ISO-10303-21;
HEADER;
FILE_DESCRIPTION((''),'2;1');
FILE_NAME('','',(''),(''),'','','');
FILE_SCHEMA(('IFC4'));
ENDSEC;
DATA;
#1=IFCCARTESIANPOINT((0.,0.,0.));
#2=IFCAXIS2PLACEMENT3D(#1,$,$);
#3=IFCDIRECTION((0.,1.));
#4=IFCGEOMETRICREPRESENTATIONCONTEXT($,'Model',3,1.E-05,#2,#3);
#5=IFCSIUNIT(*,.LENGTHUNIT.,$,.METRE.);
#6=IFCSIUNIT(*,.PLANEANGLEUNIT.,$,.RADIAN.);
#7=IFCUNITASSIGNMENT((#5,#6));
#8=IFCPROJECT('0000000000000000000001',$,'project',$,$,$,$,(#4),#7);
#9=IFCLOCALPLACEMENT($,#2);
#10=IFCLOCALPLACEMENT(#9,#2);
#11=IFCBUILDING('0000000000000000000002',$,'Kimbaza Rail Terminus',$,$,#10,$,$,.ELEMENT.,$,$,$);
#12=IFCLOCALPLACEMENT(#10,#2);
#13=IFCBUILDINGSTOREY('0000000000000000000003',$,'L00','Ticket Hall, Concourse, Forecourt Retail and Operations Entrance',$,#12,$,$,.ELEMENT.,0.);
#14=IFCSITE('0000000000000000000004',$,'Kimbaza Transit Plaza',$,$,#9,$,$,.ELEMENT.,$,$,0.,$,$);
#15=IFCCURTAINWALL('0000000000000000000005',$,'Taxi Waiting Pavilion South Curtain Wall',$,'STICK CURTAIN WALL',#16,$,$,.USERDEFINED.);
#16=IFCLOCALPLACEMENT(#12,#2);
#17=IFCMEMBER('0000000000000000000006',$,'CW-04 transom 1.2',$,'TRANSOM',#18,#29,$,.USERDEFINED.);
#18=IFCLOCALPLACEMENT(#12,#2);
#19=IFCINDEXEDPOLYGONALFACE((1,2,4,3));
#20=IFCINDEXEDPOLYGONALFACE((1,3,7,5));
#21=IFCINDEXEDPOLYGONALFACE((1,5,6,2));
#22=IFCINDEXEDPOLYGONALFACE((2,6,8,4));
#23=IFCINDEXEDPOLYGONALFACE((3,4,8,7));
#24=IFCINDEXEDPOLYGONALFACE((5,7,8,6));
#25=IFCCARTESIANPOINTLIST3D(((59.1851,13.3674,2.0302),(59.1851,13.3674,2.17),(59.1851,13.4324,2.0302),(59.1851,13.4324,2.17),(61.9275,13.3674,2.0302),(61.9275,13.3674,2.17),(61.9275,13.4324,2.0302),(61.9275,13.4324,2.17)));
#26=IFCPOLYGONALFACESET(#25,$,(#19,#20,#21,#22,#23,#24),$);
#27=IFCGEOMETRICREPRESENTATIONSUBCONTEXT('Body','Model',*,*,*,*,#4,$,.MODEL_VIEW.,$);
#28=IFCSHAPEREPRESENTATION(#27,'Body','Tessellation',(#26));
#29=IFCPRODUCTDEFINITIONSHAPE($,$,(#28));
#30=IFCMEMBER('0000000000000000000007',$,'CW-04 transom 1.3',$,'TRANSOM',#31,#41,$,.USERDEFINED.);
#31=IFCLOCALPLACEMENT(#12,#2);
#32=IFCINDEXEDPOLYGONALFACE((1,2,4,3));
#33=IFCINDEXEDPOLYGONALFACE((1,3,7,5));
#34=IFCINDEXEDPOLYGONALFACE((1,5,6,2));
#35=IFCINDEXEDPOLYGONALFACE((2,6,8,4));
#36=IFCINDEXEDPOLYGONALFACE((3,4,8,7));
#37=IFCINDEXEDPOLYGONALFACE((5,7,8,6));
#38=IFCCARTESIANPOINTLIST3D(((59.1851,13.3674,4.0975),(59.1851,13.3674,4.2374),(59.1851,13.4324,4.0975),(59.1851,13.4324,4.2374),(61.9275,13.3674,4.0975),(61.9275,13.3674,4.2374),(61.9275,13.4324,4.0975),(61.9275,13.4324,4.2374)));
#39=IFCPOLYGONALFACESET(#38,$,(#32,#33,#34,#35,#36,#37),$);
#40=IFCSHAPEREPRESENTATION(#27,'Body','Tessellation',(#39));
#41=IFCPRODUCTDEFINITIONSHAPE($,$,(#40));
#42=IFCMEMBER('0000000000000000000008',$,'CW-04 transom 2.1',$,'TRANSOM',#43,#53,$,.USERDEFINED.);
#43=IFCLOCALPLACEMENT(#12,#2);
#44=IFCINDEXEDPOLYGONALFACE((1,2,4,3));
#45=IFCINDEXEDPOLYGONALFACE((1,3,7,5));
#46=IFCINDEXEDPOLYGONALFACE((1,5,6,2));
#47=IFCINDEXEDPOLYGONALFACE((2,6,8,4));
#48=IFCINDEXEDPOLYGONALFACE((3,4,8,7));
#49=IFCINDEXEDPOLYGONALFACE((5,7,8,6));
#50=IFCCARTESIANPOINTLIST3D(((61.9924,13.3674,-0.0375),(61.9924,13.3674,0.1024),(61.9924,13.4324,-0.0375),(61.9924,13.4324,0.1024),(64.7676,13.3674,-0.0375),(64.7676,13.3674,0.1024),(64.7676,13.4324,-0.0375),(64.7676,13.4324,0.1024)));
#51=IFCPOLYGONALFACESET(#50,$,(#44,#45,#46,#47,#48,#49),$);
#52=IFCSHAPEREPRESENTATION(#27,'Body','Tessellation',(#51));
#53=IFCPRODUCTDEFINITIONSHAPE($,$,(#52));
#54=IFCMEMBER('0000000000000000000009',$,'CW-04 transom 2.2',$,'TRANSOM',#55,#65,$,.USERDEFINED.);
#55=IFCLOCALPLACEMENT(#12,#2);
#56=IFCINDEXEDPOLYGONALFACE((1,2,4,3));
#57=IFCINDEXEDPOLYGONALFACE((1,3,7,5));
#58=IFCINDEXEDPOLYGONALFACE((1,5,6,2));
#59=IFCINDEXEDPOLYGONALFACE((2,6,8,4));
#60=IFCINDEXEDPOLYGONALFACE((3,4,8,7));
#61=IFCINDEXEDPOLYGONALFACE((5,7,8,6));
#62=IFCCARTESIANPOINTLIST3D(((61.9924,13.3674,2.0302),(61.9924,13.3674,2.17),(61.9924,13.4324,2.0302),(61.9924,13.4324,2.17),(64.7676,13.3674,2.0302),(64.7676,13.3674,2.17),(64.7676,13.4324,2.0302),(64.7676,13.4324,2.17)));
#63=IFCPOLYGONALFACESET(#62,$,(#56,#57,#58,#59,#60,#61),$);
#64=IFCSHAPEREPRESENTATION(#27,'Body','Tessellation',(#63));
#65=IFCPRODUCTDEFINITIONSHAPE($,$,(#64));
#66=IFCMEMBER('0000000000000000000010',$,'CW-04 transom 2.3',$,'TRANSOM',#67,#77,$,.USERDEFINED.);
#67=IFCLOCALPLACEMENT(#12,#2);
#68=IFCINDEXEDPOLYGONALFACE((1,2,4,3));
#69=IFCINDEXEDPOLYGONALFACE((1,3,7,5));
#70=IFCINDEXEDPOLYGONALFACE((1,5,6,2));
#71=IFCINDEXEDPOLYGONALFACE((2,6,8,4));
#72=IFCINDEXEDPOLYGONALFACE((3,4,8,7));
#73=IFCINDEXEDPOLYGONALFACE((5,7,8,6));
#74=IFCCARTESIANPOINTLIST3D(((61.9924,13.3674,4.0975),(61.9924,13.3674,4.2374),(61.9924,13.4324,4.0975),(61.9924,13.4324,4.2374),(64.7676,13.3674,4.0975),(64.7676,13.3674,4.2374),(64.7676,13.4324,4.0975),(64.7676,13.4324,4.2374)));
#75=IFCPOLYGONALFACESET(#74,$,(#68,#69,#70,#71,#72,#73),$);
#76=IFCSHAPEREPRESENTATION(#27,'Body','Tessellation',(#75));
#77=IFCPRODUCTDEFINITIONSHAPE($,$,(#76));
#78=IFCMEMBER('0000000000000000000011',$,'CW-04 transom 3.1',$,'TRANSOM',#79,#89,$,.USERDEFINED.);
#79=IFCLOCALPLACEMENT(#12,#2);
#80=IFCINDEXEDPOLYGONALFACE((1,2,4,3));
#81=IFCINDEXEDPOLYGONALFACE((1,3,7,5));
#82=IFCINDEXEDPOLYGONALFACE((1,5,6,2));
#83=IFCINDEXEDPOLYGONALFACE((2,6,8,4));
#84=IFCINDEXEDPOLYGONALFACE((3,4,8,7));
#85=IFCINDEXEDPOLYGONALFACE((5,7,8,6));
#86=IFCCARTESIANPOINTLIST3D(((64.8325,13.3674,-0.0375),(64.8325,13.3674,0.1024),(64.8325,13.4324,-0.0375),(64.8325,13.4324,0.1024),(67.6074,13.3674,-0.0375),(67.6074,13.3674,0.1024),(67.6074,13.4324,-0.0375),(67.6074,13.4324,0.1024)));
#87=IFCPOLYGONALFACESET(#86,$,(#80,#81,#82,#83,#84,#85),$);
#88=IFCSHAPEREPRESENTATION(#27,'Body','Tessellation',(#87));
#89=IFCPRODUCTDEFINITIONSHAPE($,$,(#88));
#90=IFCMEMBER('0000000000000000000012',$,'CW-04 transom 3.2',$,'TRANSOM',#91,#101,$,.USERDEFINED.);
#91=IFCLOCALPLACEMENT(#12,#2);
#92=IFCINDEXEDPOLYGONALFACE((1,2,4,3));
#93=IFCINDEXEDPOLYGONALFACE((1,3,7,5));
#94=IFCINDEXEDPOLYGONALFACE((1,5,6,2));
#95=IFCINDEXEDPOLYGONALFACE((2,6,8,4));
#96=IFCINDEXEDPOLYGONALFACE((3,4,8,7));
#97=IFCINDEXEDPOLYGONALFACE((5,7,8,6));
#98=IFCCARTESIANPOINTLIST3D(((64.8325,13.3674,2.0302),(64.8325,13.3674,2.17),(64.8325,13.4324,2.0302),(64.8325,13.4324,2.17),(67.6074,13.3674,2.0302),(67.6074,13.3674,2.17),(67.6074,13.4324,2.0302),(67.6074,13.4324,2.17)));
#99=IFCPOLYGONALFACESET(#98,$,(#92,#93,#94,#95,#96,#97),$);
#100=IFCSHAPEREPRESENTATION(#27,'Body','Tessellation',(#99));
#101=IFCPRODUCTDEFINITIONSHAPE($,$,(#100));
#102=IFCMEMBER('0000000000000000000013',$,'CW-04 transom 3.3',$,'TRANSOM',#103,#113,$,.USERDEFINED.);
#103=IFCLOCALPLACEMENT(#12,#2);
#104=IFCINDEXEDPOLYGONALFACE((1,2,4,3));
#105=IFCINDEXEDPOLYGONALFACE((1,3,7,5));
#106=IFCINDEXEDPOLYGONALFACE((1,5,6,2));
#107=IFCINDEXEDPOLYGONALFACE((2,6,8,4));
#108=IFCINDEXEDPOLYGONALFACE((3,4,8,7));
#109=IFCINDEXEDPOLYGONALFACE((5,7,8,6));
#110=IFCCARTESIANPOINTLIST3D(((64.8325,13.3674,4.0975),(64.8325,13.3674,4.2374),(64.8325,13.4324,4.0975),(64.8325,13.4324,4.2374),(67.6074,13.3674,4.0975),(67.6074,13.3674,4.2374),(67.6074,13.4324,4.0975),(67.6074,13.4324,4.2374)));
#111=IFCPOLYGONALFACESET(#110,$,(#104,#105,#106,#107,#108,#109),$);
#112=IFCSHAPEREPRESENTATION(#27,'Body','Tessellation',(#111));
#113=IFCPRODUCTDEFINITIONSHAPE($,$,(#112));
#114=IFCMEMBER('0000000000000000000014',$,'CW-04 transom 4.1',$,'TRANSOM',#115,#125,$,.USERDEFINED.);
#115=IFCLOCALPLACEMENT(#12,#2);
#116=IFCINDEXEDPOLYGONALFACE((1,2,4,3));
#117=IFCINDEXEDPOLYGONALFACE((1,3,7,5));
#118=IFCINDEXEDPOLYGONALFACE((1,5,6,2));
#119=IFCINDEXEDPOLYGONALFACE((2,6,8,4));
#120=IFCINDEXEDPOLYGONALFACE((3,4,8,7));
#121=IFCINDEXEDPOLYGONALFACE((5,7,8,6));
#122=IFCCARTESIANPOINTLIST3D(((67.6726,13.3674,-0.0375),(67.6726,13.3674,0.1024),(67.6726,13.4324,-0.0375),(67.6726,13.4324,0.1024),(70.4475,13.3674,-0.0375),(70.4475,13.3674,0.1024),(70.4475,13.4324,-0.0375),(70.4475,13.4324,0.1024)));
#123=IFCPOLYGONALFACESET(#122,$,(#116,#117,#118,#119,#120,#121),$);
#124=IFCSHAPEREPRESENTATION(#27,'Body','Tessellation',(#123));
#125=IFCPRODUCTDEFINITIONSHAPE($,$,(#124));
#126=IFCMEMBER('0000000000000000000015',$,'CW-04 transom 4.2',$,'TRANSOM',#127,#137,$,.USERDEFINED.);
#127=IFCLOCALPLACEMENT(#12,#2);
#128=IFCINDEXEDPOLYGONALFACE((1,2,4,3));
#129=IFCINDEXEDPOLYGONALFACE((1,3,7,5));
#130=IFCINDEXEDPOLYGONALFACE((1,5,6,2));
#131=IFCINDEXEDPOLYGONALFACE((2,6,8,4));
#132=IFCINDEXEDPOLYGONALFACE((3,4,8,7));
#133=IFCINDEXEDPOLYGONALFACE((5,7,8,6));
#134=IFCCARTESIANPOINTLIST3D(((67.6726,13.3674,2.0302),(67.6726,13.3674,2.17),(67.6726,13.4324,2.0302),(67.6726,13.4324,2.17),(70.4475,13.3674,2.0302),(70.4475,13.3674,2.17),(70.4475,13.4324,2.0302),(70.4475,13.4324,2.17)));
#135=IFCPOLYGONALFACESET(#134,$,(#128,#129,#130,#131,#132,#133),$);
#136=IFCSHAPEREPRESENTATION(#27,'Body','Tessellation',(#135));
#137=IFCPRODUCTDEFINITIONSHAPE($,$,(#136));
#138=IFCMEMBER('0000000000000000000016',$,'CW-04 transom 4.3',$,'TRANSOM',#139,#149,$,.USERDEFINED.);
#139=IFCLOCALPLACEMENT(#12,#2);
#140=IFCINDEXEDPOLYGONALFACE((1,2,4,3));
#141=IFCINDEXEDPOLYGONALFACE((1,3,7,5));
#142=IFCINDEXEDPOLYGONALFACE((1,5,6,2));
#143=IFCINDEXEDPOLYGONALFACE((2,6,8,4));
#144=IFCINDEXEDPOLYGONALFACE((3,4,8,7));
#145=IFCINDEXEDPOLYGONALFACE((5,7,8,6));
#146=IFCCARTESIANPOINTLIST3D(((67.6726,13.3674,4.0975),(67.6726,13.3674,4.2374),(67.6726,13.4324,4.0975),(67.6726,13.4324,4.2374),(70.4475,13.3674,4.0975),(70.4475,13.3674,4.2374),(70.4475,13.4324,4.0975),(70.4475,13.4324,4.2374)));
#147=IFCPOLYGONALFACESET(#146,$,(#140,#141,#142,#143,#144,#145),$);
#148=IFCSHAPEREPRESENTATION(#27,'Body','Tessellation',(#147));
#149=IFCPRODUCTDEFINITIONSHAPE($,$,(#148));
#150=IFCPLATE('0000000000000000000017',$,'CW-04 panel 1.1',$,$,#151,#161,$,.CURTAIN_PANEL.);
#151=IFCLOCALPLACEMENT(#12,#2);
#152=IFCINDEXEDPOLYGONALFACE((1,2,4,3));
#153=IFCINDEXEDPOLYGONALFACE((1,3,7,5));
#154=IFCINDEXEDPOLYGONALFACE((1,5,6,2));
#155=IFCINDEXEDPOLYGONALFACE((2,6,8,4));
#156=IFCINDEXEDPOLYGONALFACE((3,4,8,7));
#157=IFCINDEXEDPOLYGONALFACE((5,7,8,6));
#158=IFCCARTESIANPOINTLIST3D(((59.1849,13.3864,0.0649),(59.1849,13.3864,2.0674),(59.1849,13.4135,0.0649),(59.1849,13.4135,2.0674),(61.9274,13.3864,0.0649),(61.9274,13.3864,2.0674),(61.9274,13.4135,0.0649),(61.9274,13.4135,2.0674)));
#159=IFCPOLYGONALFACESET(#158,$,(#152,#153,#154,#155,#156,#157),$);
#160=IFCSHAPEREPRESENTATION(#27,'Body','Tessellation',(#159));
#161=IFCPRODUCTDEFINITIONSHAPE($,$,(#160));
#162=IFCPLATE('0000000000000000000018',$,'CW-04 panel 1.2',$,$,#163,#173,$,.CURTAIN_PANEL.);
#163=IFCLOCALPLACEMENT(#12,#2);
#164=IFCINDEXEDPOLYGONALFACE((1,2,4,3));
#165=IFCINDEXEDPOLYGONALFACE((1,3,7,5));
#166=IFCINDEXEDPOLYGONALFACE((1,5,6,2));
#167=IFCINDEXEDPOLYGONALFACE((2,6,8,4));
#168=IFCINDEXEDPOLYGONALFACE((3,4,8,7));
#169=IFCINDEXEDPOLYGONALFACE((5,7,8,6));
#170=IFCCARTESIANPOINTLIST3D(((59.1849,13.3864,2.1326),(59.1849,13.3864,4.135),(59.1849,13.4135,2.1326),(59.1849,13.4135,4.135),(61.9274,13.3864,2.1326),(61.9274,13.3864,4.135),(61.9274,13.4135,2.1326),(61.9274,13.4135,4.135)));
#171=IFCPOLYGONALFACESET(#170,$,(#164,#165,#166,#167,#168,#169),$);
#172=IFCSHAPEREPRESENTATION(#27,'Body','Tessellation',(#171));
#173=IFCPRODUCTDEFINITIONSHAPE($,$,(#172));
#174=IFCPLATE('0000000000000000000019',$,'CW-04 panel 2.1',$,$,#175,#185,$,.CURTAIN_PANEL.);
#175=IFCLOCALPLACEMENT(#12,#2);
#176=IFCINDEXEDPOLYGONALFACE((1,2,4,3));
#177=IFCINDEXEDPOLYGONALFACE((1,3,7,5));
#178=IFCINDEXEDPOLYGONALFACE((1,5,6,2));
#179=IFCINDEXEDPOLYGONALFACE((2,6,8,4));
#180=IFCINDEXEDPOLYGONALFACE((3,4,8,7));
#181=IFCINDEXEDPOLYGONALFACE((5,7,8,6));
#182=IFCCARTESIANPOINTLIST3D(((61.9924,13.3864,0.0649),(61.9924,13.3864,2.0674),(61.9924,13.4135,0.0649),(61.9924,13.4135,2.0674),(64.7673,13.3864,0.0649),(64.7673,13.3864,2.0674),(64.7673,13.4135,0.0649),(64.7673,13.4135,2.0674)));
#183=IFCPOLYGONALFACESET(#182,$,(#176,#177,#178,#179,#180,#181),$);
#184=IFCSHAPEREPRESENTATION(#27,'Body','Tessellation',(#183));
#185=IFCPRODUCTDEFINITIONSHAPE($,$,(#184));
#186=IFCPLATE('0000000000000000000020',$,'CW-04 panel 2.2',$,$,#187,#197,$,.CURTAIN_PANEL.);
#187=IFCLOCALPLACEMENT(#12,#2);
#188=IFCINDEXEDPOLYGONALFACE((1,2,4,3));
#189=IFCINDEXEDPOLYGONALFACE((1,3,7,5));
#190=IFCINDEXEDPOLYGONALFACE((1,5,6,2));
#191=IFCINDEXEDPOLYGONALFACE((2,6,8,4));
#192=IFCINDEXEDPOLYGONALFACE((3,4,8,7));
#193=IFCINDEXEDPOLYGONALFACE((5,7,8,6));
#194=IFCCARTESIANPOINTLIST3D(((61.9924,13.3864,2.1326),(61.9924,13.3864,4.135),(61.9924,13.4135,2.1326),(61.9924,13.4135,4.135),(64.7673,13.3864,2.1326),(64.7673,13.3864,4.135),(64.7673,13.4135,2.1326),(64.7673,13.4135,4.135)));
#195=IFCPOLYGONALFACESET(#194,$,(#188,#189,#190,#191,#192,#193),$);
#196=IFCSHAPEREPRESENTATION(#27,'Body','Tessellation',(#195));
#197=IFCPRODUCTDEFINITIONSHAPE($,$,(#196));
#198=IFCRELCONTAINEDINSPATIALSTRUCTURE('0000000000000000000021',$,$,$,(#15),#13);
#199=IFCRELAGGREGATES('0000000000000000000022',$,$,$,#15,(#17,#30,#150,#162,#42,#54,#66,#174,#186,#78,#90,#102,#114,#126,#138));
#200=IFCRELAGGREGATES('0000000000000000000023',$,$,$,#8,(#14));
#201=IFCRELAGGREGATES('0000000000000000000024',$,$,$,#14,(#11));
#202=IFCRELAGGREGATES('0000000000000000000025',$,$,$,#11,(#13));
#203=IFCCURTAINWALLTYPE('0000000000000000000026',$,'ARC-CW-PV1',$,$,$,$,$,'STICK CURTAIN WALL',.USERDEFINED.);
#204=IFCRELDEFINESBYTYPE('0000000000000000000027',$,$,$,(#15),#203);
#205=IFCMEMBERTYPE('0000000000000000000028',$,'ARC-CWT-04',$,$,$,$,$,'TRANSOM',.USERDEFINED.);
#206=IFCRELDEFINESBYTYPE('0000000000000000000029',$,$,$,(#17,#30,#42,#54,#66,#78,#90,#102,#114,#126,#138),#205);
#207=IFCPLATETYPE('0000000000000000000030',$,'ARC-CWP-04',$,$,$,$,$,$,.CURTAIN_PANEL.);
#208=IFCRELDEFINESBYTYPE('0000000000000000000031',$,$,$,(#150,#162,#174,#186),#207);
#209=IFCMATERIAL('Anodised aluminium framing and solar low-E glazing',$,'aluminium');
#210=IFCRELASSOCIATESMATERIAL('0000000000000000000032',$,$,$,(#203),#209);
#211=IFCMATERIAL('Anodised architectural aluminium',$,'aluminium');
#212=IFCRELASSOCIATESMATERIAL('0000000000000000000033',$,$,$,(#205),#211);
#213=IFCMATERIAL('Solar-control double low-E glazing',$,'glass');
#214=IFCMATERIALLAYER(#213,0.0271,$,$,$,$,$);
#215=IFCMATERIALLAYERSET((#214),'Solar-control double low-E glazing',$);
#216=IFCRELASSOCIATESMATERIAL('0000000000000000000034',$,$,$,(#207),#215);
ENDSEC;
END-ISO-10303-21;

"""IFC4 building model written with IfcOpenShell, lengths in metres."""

from ifc_helpers import new_model, si_unit, direction, frame, origin, origin_2d, place, context, subcontext, project, spatial, rectangle, extrude, material, layer, layer_set, material_profile, profile_set, type_object, element, aggregate, save


model = new_model("IFC4")

# Units and contexts
model_context = context("Model", 3, precision=1e-05, world=origin(), true_north=direction((0.0, 1.0)))
body_context = subcontext(model_context, "Body", "Model", "MODEL_VIEW")
ifc_project = project(units=[si_unit("LENGTHUNIT", "METRE"), si_unit("PLANEANGLEUNIT", "RADIAN")], contexts=[model_context])

# Site, building, storey
site_placement = place(None, origin())
site = spatial("IfcSite", under=ifc_project, at=site_placement, Name="Kimbaza Transit Plaza", CompositionType="ELEMENT", RefElevation=0.0)
building_placement = place(site_placement, origin())
building = spatial("IfcBuilding", under=site, at=building_placement, Name="Kimbaza Rail Terminus", CompositionType="ELEMENT")
storey_placement = place(building_placement, origin())
storey = spatial("IfcBuildingStorey", under=building, at=storey_placement, Name="L00", Description="Ticket Hall, Concourse, Forecourt Retail and Operations Entrance", CompositionType="ELEMENT", Elevation=0.0)

# Curtain wall, members, plates
ifc_material_1 = material(Name="Anodised aluminium framing and solar low-E glazing", Category="aluminium")
curtain_wall_type = type_object("IfcCurtainWallType", Name="ARC-CW-PV1", ElementType="STICK CURTAIN WALL", PredefinedType="USERDEFINED", material=ifc_material_1)
curtain_wall_placement = place(storey_placement, origin())
curtain_wall = element("IfcCurtainWall", 1, at=curtain_wall_placement, inside=storey, type_object=curtain_wall_type, Name="Taxi Waiting Pavilion South Curtain Wall", ObjectType="STICK CURTAIN WALL", PredefinedType="USERDEFINED")
ifc_material_2 = material(Name="Anodised architectural aluminium", Category="aluminium")
ifc_material_profile_1 = material_profile(ifc_material_2, rectangle(XDim=0.0649, YDim=0.1399, at=origin_2d()), Name="TRANSOM 65x140")
ifc_profile_set_1 = profile_set([ifc_material_profile_1], Name="Anodised architectural aluminium")
member_type_1 = type_object("IfcMemberType", Name="ARC-CWT-04", ElementType="TRANSOM", PredefinedType="USERDEFINED", material=ifc_profile_set_1)
member_1_placement = place(storey_placement, frame((59.1851, 13.3999, 2.1001), z_axis=(1.0, 0.0, 0.0), x_axis=(0.0, 1.0, 0.0)))
member_1 = element("IfcMember", 2, at=member_1_placement, type_object=member_type_1, Name="CW-04 transom 1.2", ObjectType="TRANSOM", PredefinedType="USERDEFINED", context=body_context, shape_type="SweptSolid", body=[
    extrude(rectangle(XDim=0.0649, YDim=0.1399, at=origin_2d()), origin(), (0.0, 0.0, 1.0), 2.7424),
])
member_2_placement = place(storey_placement, frame((59.1851, 13.3999, 4.1675), z_axis=(1.0, 0.0, 0.0), x_axis=(0.0, 1.0, 0.0)))
member_2 = element("IfcMember", 3, at=member_2_placement, type_object=member_type_1, Name="CW-04 transom 1.3", ObjectType="TRANSOM", PredefinedType="USERDEFINED", context=body_context, shape_type="SweptSolid", body=[
    extrude(rectangle(XDim=0.0649, YDim=0.1399, at=origin_2d()), origin(), (0.0, 0.0, 1.0), 2.7424),
])
member_3_placement = place(storey_placement, frame((61.9924, 13.3999, 0.0325), z_axis=(1.0, 0.0, 0.0), x_axis=(0.0, 1.0, 0.0)))
member_3 = element("IfcMember", 4, at=member_3_placement, type_object=member_type_1, Name="CW-04 transom 2.1", ObjectType="TRANSOM", PredefinedType="USERDEFINED", context=body_context, shape_type="SweptSolid", body=[
    extrude(rectangle(XDim=0.0649, YDim=0.1399, at=origin_2d()), origin(), (0.0, 0.0, 1.0), 2.7751),
])
member_4_placement = place(storey_placement, frame((61.9924, 13.3999, 2.1001), z_axis=(1.0, 0.0, 0.0), x_axis=(0.0, 1.0, 0.0)))
member_4 = element("IfcMember", 5, at=member_4_placement, type_object=member_type_1, Name="CW-04 transom 2.2", ObjectType="TRANSOM", PredefinedType="USERDEFINED", context=body_context, shape_type="SweptSolid", body=[
    extrude(rectangle(XDim=0.0649, YDim=0.1399, at=origin_2d()), origin(), (0.0, 0.0, 1.0), 2.7751),
])
member_5_placement = place(storey_placement, frame((61.9924, 13.3999, 4.1675), z_axis=(1.0, 0.0, 0.0), x_axis=(0.0, 1.0, 0.0)))
member_5 = element("IfcMember", 6, at=member_5_placement, type_object=member_type_1, Name="CW-04 transom 2.3", ObjectType="TRANSOM", PredefinedType="USERDEFINED", context=body_context, shape_type="SweptSolid", body=[
    extrude(rectangle(XDim=0.0649, YDim=0.1399, at=origin_2d()), origin(), (0.0, 0.0, 1.0), 2.7751),
])
member_6_placement = place(storey_placement, frame((64.8325, 13.3999, 0.0325), z_axis=(1.0, 0.0, 0.0), x_axis=(0.0, 1.0, 0.0)))
member_6 = element("IfcMember", 7, at=member_6_placement, type_object=member_type_1, Name="CW-04 transom 3.1", ObjectType="TRANSOM", PredefinedType="USERDEFINED", context=body_context, shape_type="SweptSolid", body=[
    extrude(rectangle(XDim=0.0649, YDim=0.1399, at=origin_2d()), origin(), (0.0, 0.0, 1.0), 2.7749),
])
member_7_placement = place(storey_placement, frame((64.8325, 13.3999, 2.1001), z_axis=(1.0, 0.0, 0.0), x_axis=(0.0, 1.0, 0.0)))
member_7 = element("IfcMember", 8, at=member_7_placement, type_object=member_type_1, Name="CW-04 transom 3.2", ObjectType="TRANSOM", PredefinedType="USERDEFINED", context=body_context, shape_type="SweptSolid", body=[
    extrude(rectangle(XDim=0.0649, YDim=0.1399, at=origin_2d()), origin(), (0.0, 0.0, 1.0), 2.7749),
])
member_8_placement = place(storey_placement, frame((64.8325, 13.3999, 4.1675), z_axis=(1.0, 0.0, 0.0), x_axis=(0.0, 1.0, 0.0)))
member_8 = element("IfcMember", 9, at=member_8_placement, type_object=member_type_1, Name="CW-04 transom 3.3", ObjectType="TRANSOM", PredefinedType="USERDEFINED", context=body_context, shape_type="SweptSolid", body=[
    extrude(rectangle(XDim=0.0649, YDim=0.1399, at=origin_2d()), origin(), (0.0, 0.0, 1.0), 2.7749),
])
member_9_placement = place(storey_placement, frame((67.6726, 13.3999, 0.0325), z_axis=(1.0, 0.0, 0.0), x_axis=(0.0, 1.0, 0.0)))
member_9 = element("IfcMember", 10, at=member_9_placement, type_object=member_type_1, Name="CW-04 transom 4.1", ObjectType="TRANSOM", PredefinedType="USERDEFINED", context=body_context, shape_type="SweptSolid", body=[
    extrude(rectangle(XDim=0.0649, YDim=0.1399, at=origin_2d()), origin(), (0.0, 0.0, 1.0), 2.7749),
])
member_10_placement = place(storey_placement, frame((67.6726, 13.3999, 2.1001), z_axis=(1.0, 0.0, 0.0), x_axis=(0.0, 1.0, 0.0)))
member_10 = element("IfcMember", 11, at=member_10_placement, type_object=member_type_1, Name="CW-04 transom 4.2", ObjectType="TRANSOM", PredefinedType="USERDEFINED", context=body_context, shape_type="SweptSolid", body=[
    extrude(rectangle(XDim=0.0649, YDim=0.1399, at=origin_2d()), origin(), (0.0, 0.0, 1.0), 2.7749),
])
member_11_placement = place(storey_placement, frame((67.6726, 13.3999, 4.1675), z_axis=(1.0, 0.0, 0.0), x_axis=(0.0, 1.0, 0.0)))
member_11 = element("IfcMember", 12, at=member_11_placement, type_object=member_type_1, Name="CW-04 transom 4.3", ObjectType="TRANSOM", PredefinedType="USERDEFINED", context=body_context, shape_type="SweptSolid", body=[
    extrude(rectangle(XDim=0.0649, YDim=0.1399, at=origin_2d()), origin(), (0.0, 0.0, 1.0), 2.7749),
])
ifc_material_3 = material(Name="Solar-control double low-E glazing", Category="glass")
ifc_layer_1 = layer(ifc_material_3, 0.0271)
ifc_layer_set_1 = layer_set([ifc_layer_1], Name="Solar-control double low-E glazing")
plate_type = type_object("IfcPlateType", Name="ARC-CWP-04", PredefinedType="CURTAIN_PANEL", material=ifc_layer_set_1)
plate_1_placement = place(storey_placement, frame((60.5562, 13.3999, 0.0649), z_axis=(0.0, 0.0, 1.0), x_axis=(1.0, 0.0, 0.0)))
plate_1 = element("IfcPlate", 13, at=plate_1_placement, type_object=plate_type, Name="CW-04 panel 1.1", PredefinedType="CURTAIN_PANEL", context=body_context, shape_type="SweptSolid", body=[
    extrude(rectangle(XDim=2.7424, YDim=0.0271, at=origin_2d()), origin(), (0.0, 0.0, 1.0), 2.0024),
])
plate_2_placement = place(storey_placement, frame((60.5562, 13.3999, 2.1326), z_axis=(0.0, 0.0, 1.0), x_axis=(1.0, 0.0, 0.0)))
plate_2 = element("IfcPlate", 14, at=plate_2_placement, type_object=plate_type, Name="CW-04 panel 1.2", PredefinedType="CURTAIN_PANEL", context=body_context, shape_type="SweptSolid", body=[
    extrude(rectangle(XDim=2.7424, YDim=0.0271, at=origin_2d()), origin(), (0.0, 0.0, 1.0), 2.0024),
])
plate_3_placement = place(storey_placement, frame((63.3799, 13.3999, 0.0649), z_axis=(0.0, 0.0, 1.0), x_axis=(1.0, 0.0, 0.0)))
plate_3 = element("IfcPlate", 15, at=plate_3_placement, type_object=plate_type, Name="CW-04 panel 2.1", PredefinedType="CURTAIN_PANEL", context=body_context, shape_type="SweptSolid", body=[
    extrude(rectangle(XDim=2.7749, YDim=0.0271, at=origin_2d()), origin(), (0.0, 0.0, 1.0), 2.0024),
])
plate_4_placement = place(storey_placement, frame((63.3799, 13.3999, 2.1326), z_axis=(0.0, 0.0, 1.0), x_axis=(1.0, 0.0, 0.0)))
plate_4 = element("IfcPlate", 16, at=plate_4_placement, type_object=plate_type, Name="CW-04 panel 2.2", PredefinedType="CURTAIN_PANEL", context=body_context, shape_type="SweptSolid", body=[
    extrude(rectangle(XDim=2.7749, YDim=0.0271, at=origin_2d()), origin(), (0.0, 0.0, 1.0), 2.0024),
])
aggregate(curtain_wall, [member_1, member_2, plate_1, plate_2, member_3, member_4, member_5, plate_3, plate_4, member_6, member_7, member_8, member_9, member_10, member_11])

save(model, "model.ifc")
